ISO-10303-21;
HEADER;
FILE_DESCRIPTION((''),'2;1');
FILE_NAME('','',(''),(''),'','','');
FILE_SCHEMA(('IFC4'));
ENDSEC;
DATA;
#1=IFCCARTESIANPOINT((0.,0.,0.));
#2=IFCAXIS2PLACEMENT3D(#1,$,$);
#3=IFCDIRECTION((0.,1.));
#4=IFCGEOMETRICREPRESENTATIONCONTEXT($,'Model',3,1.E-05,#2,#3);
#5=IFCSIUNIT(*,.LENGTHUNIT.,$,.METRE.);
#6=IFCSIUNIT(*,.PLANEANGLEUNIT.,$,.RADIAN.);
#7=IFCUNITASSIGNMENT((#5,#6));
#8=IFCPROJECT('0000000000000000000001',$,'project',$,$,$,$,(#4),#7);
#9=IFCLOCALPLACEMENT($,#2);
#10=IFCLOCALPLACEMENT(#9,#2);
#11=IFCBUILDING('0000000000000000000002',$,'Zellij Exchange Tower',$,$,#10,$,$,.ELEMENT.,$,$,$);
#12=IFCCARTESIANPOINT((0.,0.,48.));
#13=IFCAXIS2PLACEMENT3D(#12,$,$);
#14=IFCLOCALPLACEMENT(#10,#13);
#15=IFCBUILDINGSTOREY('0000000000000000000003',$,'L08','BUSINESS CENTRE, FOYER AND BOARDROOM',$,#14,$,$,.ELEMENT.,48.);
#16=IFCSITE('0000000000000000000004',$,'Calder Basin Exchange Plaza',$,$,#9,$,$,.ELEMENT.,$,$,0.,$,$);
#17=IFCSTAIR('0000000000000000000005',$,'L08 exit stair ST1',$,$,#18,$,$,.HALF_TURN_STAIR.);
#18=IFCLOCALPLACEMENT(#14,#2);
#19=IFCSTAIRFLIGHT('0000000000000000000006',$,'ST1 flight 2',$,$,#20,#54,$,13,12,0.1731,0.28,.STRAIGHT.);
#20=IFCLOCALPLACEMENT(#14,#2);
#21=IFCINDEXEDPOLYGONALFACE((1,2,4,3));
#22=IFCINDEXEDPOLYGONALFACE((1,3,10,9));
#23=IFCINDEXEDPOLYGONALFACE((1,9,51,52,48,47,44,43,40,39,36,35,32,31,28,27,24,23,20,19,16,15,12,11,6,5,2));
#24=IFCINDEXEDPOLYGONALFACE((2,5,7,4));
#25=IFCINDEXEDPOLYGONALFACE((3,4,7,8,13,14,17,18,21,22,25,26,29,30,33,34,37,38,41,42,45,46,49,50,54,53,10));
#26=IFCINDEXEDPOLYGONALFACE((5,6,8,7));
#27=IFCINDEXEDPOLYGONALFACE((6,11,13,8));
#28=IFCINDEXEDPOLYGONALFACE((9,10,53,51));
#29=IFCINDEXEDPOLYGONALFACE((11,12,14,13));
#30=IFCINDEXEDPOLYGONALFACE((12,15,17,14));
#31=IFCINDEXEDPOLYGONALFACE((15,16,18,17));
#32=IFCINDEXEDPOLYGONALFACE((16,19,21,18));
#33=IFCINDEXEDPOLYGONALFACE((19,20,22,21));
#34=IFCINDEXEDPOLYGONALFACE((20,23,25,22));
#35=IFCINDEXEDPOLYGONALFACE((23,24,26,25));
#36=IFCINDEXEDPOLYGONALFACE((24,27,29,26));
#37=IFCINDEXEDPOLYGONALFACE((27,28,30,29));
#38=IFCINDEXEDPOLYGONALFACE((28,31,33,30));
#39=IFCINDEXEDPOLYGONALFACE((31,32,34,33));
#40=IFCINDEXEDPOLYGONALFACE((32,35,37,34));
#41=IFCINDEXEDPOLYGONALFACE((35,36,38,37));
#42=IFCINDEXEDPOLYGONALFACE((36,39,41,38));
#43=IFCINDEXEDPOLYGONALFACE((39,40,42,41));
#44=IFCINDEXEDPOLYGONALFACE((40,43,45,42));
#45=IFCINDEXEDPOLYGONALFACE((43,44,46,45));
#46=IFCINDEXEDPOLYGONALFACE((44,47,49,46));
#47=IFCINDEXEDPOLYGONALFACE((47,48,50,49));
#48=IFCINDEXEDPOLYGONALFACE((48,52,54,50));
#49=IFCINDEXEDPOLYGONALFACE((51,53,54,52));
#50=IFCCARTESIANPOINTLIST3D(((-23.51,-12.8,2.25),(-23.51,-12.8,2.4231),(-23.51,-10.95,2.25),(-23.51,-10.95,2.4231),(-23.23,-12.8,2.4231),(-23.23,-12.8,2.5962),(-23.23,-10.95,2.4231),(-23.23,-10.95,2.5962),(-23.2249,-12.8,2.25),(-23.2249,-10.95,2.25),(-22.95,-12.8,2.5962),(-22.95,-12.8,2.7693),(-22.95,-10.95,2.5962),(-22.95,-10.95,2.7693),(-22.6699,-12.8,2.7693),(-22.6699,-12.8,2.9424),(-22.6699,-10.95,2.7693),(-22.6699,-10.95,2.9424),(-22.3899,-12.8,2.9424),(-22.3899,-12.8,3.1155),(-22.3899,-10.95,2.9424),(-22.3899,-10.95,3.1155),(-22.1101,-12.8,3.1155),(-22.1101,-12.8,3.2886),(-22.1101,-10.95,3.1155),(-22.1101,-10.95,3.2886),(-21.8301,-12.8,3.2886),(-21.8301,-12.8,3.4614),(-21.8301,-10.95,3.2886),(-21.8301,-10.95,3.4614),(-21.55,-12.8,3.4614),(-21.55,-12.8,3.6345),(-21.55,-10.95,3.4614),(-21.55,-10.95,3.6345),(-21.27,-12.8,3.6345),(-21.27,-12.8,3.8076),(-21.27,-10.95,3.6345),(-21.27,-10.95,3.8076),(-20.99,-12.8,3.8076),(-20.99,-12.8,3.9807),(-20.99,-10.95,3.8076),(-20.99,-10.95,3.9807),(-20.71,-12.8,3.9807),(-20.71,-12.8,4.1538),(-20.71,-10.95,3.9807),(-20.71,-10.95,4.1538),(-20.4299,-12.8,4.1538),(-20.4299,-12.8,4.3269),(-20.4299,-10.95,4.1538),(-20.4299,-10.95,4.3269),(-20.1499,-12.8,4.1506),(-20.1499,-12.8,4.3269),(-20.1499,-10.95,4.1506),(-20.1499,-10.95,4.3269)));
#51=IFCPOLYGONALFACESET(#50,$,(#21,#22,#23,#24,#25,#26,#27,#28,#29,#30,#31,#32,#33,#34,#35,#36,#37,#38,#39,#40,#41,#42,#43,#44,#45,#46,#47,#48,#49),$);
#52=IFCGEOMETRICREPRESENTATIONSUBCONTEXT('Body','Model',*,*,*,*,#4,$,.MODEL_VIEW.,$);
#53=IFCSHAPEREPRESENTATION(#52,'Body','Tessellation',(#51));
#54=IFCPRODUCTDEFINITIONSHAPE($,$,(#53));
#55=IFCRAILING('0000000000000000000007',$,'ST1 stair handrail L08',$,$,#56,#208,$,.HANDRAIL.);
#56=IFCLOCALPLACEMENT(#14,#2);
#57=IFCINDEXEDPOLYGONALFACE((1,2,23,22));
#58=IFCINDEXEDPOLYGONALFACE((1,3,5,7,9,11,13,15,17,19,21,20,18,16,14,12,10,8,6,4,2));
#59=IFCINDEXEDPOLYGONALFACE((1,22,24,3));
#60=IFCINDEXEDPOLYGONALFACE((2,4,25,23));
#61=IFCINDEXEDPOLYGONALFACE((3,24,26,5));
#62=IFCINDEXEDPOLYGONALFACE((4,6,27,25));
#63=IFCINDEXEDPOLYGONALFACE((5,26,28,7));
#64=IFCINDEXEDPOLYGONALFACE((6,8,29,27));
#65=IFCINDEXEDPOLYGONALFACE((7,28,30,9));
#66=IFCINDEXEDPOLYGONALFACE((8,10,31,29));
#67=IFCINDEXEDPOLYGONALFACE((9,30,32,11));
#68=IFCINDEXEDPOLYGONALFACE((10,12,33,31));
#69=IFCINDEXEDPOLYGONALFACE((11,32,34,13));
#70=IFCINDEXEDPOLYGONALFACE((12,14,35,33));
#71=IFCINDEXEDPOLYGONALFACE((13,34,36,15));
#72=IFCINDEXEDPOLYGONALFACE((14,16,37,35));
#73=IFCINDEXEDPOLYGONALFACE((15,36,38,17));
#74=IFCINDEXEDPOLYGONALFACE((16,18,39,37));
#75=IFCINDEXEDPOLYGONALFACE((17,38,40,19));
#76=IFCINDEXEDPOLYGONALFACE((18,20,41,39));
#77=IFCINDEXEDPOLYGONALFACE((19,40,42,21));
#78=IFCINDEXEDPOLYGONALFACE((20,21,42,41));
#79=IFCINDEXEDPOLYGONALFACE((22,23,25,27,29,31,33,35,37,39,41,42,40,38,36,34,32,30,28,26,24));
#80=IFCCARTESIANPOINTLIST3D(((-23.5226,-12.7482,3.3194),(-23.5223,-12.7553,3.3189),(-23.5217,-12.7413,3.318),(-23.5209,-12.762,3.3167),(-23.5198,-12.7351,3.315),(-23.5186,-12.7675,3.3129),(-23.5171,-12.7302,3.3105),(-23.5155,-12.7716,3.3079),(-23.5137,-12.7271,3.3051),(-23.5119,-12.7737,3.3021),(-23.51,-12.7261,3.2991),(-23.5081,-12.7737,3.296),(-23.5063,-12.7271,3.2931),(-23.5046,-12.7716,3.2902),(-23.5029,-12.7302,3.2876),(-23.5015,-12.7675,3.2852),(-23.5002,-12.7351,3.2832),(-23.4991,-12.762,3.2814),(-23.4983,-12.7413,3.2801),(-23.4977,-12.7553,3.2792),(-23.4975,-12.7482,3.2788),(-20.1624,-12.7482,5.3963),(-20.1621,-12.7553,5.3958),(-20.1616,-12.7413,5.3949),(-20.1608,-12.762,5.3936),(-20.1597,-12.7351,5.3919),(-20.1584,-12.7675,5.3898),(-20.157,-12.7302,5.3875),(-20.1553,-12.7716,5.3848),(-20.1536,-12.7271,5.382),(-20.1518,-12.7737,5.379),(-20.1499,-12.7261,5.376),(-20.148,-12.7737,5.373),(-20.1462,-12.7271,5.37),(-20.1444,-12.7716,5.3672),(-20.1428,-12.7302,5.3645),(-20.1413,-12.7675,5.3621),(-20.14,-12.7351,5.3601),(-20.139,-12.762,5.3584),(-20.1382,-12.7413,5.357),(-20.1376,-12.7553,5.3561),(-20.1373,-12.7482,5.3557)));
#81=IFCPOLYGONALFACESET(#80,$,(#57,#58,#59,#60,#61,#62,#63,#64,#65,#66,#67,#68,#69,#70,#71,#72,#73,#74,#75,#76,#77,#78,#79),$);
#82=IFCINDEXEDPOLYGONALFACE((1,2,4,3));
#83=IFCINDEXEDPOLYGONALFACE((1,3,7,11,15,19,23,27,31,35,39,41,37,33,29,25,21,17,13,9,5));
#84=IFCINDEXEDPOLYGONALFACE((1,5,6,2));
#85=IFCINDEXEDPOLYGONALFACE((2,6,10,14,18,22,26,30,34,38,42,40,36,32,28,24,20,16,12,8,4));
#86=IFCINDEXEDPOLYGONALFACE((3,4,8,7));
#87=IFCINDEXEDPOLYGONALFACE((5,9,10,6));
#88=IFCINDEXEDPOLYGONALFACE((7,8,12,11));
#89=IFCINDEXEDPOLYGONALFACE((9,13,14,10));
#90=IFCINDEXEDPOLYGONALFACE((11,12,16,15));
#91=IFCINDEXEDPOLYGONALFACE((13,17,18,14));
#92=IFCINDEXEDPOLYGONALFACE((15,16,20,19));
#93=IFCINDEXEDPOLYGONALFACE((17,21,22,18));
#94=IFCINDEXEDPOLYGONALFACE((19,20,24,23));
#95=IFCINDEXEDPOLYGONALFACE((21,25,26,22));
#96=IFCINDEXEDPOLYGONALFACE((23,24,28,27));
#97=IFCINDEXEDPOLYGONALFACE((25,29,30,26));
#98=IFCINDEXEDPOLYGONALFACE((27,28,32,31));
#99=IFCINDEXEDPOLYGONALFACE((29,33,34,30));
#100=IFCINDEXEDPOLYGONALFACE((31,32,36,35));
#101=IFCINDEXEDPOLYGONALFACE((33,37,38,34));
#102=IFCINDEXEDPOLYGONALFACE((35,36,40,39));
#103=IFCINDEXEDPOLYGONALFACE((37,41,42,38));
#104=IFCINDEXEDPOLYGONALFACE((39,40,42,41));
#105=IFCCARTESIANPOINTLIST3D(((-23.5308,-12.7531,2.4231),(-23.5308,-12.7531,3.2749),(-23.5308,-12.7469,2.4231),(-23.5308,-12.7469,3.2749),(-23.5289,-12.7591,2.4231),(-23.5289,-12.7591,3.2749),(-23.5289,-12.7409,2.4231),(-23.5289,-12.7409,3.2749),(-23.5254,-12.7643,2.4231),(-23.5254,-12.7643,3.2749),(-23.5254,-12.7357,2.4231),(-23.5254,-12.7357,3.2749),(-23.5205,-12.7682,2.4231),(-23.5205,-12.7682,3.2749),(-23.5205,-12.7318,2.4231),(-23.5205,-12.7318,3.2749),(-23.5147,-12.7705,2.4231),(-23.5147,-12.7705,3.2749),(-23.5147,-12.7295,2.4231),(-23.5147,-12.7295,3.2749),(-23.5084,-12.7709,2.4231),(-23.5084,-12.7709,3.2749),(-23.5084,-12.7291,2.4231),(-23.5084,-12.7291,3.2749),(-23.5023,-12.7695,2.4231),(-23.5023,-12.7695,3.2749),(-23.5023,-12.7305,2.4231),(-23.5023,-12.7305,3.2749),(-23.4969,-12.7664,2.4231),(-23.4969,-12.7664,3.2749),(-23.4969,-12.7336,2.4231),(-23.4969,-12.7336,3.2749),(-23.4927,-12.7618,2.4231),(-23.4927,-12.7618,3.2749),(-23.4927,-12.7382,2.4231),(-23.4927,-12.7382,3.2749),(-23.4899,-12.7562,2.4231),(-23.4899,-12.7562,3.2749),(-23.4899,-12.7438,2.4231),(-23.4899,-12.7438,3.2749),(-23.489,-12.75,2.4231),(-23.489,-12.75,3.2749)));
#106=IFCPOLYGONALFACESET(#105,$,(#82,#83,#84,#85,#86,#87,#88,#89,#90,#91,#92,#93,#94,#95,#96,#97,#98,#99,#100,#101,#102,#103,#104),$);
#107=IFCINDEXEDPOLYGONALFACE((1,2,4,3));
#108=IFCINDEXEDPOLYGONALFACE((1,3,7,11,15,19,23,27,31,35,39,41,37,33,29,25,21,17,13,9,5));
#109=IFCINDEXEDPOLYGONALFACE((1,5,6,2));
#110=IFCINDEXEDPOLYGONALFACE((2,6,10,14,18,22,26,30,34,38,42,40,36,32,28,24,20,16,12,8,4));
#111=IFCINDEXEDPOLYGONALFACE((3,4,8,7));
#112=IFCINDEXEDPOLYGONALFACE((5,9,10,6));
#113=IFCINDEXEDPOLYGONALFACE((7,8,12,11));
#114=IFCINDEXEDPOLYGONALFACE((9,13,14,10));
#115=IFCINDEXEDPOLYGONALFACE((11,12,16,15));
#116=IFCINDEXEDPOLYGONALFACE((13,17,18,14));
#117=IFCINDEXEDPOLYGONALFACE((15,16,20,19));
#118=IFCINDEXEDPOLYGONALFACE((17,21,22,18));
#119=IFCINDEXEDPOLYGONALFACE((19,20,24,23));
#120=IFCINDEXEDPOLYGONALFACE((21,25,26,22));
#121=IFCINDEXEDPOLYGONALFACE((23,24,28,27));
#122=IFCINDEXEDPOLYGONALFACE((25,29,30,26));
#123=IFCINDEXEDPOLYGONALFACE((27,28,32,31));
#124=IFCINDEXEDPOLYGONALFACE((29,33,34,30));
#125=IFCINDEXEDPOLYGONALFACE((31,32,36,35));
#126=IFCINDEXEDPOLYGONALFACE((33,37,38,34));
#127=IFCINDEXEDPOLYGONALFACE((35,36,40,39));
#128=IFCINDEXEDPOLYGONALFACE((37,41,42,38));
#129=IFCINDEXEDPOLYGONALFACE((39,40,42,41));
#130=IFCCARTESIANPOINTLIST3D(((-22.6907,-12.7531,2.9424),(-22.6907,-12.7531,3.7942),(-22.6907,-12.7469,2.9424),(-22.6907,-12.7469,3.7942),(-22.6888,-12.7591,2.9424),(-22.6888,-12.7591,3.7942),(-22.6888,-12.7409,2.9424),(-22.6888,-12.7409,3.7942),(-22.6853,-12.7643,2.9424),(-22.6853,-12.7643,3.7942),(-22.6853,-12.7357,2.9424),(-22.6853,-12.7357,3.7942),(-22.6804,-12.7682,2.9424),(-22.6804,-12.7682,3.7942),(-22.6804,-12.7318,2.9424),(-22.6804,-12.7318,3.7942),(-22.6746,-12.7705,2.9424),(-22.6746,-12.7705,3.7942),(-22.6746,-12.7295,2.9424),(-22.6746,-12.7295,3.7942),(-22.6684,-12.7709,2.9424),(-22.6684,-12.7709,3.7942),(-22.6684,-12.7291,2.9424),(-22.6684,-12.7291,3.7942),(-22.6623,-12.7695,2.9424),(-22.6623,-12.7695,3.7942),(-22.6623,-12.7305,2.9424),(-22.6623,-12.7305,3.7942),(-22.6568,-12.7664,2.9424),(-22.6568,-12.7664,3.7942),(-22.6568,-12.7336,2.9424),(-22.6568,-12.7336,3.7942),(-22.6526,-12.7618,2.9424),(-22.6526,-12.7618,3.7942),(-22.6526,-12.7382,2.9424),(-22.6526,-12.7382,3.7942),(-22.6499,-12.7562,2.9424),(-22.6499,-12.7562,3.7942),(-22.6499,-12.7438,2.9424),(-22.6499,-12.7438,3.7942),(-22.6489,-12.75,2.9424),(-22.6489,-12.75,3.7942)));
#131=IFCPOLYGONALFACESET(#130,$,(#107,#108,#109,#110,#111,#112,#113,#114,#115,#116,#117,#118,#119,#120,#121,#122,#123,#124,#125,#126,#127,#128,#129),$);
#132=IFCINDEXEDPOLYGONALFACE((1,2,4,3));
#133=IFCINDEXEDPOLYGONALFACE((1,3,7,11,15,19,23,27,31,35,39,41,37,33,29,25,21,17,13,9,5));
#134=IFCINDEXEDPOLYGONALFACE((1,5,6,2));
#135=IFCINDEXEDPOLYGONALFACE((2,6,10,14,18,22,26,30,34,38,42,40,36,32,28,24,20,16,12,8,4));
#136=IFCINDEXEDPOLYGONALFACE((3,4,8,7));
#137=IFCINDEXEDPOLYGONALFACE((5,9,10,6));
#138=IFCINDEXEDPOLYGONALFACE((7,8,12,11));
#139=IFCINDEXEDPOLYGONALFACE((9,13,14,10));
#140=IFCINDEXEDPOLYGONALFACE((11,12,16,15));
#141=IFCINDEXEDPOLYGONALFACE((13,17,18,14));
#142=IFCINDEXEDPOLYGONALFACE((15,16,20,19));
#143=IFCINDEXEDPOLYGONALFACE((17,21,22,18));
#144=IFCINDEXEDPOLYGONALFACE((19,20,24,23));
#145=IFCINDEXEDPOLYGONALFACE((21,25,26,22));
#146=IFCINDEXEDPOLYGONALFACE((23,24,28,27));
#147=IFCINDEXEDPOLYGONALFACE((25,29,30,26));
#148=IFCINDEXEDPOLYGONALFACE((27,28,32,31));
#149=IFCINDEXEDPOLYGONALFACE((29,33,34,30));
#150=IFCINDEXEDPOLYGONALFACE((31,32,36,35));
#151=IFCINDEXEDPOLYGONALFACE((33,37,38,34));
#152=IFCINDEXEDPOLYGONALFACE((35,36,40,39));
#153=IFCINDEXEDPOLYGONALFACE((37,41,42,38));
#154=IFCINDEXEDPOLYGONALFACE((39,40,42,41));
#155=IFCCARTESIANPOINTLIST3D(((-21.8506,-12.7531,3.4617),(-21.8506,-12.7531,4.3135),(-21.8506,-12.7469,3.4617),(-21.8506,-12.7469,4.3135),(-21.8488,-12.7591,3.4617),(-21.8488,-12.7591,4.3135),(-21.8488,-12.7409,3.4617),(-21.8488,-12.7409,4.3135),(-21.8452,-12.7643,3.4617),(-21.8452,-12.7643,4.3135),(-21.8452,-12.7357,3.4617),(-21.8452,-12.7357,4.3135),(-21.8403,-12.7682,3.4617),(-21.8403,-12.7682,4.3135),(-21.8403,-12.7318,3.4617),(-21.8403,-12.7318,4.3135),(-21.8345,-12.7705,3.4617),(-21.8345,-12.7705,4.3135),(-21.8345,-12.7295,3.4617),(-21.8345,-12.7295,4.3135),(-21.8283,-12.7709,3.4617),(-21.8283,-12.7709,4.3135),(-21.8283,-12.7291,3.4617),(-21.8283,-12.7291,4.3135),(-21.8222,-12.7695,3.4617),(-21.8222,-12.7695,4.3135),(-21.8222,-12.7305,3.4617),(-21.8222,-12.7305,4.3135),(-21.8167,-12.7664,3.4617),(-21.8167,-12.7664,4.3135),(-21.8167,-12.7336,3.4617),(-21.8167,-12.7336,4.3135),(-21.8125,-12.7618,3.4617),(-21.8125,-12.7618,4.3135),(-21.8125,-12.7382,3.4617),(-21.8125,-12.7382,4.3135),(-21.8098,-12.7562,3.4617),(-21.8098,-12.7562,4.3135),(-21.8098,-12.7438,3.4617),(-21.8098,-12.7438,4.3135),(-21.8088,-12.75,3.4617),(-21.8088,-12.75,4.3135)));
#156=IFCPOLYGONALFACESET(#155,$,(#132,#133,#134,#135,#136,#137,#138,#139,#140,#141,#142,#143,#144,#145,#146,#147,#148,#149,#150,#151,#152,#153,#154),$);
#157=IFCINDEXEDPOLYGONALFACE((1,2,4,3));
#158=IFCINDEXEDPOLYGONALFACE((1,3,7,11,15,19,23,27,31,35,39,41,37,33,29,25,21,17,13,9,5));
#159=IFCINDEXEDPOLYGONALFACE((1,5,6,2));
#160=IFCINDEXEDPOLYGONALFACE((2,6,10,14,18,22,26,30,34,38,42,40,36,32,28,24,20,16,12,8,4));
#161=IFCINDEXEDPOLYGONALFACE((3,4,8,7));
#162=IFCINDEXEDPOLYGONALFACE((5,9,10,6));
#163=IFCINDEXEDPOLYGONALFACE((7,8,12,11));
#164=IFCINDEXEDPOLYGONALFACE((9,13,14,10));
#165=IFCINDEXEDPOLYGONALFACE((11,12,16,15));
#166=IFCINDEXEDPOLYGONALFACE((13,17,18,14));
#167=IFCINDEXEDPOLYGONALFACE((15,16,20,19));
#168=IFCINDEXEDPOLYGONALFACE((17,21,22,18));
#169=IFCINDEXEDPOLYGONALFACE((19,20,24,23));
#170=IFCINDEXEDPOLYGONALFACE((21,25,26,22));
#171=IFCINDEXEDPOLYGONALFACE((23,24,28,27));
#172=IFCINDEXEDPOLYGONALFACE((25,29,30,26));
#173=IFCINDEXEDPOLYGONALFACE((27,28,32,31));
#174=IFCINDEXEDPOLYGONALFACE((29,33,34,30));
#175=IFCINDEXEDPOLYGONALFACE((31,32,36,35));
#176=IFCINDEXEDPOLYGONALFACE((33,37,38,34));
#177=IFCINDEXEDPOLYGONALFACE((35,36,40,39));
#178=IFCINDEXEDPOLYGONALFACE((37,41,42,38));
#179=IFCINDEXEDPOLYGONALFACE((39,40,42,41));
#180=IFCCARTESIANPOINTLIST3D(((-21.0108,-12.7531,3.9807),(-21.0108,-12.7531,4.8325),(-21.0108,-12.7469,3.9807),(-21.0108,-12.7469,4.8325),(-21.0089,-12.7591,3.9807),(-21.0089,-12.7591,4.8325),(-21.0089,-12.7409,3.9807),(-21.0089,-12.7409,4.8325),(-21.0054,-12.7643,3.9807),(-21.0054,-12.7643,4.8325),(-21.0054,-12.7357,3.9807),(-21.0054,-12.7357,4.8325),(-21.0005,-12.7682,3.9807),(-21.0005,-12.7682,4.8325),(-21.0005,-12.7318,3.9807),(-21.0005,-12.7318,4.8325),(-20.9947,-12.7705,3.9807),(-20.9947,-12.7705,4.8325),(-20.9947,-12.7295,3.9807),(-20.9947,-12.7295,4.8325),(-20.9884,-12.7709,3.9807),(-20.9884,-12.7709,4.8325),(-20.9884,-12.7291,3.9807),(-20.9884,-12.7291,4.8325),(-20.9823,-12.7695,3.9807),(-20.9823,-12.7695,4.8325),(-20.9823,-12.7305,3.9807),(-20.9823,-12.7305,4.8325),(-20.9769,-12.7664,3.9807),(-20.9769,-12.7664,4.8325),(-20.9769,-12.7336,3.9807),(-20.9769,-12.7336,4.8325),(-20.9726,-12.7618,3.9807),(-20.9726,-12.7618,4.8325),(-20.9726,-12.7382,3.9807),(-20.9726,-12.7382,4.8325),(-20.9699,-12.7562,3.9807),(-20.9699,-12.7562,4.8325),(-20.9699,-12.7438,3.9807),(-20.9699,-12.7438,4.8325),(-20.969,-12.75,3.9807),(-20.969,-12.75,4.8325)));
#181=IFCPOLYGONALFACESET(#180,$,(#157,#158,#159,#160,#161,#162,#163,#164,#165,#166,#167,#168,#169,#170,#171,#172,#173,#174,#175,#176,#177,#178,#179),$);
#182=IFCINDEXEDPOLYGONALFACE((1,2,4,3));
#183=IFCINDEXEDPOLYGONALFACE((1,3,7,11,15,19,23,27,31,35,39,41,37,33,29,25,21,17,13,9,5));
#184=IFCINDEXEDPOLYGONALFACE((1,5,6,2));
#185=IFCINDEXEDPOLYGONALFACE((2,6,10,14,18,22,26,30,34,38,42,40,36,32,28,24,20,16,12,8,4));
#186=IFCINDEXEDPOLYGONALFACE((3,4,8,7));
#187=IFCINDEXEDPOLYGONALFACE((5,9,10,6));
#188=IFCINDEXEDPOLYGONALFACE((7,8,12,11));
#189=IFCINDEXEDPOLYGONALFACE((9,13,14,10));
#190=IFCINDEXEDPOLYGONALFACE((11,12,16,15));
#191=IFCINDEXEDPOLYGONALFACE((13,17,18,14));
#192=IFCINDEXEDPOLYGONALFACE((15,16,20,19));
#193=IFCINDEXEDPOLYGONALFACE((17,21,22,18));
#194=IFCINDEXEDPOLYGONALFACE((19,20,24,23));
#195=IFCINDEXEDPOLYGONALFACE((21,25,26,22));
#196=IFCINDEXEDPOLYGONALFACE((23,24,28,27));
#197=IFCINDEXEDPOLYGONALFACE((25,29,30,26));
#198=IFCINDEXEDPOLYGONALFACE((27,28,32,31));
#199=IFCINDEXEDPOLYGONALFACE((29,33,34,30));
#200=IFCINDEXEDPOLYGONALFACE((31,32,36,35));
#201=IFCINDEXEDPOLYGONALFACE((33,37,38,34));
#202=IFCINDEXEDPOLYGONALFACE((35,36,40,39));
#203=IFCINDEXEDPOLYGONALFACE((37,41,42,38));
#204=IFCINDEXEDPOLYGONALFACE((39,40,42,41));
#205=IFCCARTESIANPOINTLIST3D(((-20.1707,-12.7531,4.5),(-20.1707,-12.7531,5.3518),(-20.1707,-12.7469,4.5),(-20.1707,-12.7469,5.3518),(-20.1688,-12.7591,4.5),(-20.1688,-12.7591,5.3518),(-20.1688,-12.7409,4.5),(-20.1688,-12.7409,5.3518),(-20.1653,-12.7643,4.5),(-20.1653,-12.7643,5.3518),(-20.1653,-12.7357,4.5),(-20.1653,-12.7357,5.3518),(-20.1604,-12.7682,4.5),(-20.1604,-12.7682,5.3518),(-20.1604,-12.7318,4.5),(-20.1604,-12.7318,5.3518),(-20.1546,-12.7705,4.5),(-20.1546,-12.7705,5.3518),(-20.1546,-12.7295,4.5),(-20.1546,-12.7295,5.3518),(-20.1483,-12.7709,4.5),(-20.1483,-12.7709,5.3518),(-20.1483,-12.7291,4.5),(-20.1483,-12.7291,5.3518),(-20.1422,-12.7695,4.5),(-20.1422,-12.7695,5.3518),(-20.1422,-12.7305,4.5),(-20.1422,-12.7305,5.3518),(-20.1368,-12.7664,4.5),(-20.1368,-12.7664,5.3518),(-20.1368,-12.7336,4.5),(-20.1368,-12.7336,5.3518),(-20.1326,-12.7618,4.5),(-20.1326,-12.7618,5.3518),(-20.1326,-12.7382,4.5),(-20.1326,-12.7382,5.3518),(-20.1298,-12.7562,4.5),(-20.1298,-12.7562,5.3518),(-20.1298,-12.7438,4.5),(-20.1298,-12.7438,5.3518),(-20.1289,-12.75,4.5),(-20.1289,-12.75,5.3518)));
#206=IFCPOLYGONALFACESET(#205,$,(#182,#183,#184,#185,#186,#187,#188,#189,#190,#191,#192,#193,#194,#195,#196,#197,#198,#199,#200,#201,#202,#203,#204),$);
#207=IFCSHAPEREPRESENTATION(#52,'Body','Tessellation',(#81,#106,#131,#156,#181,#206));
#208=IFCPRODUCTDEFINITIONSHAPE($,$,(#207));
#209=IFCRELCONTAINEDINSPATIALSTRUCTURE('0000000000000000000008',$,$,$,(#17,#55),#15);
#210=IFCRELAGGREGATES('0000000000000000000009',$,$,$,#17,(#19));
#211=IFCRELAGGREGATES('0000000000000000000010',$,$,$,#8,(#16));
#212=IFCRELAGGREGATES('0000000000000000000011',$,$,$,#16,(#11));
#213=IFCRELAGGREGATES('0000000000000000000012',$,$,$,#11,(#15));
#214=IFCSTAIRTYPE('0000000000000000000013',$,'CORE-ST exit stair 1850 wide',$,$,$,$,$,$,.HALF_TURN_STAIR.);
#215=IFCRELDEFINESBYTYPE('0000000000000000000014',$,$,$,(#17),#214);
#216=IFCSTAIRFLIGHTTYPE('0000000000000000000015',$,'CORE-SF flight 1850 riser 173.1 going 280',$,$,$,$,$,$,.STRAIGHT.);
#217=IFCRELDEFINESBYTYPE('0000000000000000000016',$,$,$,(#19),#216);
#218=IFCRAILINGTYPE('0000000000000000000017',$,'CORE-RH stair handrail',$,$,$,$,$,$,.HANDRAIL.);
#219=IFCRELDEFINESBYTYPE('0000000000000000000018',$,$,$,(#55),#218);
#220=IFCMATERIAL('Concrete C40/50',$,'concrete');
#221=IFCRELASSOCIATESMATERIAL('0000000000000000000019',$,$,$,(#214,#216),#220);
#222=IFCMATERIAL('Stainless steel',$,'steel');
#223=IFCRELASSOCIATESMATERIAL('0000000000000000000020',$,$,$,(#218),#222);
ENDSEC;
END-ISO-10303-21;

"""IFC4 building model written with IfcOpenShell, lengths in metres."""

from ifc_helpers import new_model, si_unit, direction, frame, origin, origin_2d, place, context, subcontext, project, spatial, polyline, circle, outline, extrude, material, type_object, element, aggregate, save


model = new_model("IFC4")

# Units and contexts
model_context = context("Model", 3, precision=1e-05, world=origin(), true_north=direction((0.0, 1.0)))
body_context = subcontext(model_context, "Body", "Model", "MODEL_VIEW")
ifc_project = project(units=[si_unit("LENGTHUNIT", "METRE"), si_unit("PLANEANGLEUNIT", "RADIAN")], contexts=[model_context])

# Site, building, storey
site_placement = place(None, origin())
site = spatial("IfcSite", under=ifc_project, at=site_placement, Name="Calder Basin Exchange Plaza", CompositionType="ELEMENT", RefElevation=0.0)
building_placement = place(site_placement, origin())
building = spatial("IfcBuilding", under=site, at=building_placement, Name="Zellij Exchange Tower", CompositionType="ELEMENT")
storey_placement = place(building_placement, frame((0.0, 0.0, 48.0)))
storey = spatial("IfcBuildingStorey", under=building, at=storey_placement, Name="L08", Description="BUSINESS CENTRE, FOYER AND BOARDROOM", CompositionType="ELEMENT", Elevation=48.0)

# Stair, stair flight
ifc_material_1 = material(Name="Concrete C40/50", Category="concrete")
stair_type = type_object("IfcStairType", Name="CORE-ST exit stair 1850 wide", PredefinedType="HALF_TURN_STAIR", material=ifc_material_1)
stair_placement = place(storey_placement, origin())
stair = element("IfcStair", 1, at=stair_placement, inside=storey, type_object=stair_type, Name="L08 exit stair ST1", PredefinedType="HALF_TURN_STAIR")
stair_flight_type = type_object("IfcStairFlightType", Name="CORE-SF flight 1850 riser 173.1 going 280", PredefinedType="STRAIGHT", material=ifc_material_1)
stair_flight_placement = place(storey_placement, frame((-23.51, -11.875, 2.25), z_axis=(0.0, 0.0, 1.0), x_axis=(1.0, 0.0, 0.0)))
stair_flight = element("IfcStairFlight", 2, at=stair_flight_placement, type_object=stair_flight_type, Name="ST1 flight 2", NumberOfRisers=13, NumberOfTreads=12, PredefinedType="STRAIGHT", RiserHeight=0.1731, TreadLength=0.28, context=body_context, shape_type="SweptSolid", body=[
    extrude(outline(polyline([(0.0, 0.0), (0.0, 0.1731), (0.28, 0.1731), (0.28, 0.3462), (0.5601, 0.3462), (0.5601, 0.5193), (0.8401, 0.5193), (0.8401, 0.6924), (1.1201, 0.6924), (1.1201, 0.8655), (1.3999, 0.8655), (1.3999, 1.0386), (1.6799, 1.0386), (1.6799, 1.2114), (1.96, 1.2114), (1.96, 1.3845), (2.24, 1.3845), (2.24, 1.5576), (2.52, 1.5576), (2.52, 1.7307), (2.8, 1.7307), (2.8, 1.9038), (3.0801, 1.9038), (3.0801, 2.0769), (3.3601, 2.0769), (3.3601, 2.25), (3.3601, 1.9006), (0.2852, 0.0), (0.0, 0.0)])), frame((0.0, 0.925, 0.0), z_axis=(0.0, -1.0, 0.0), x_axis=(1.0, 0.0, 0.0)), (0.0, 0.0, 1.0), 1.8501),
])
aggregate(stair, [stair_flight])

# Railing
ifc_material_2 = material(Name="Stainless steel", Category="steel")
railing_type = type_object("IfcRailingType", Name="CORE-RH stair handrail", PredefinedType="HANDRAIL", material=ifc_material_2)
railing_placement = place(storey_placement, frame((-23.51, -12.75, 2.4231)))
element("IfcRailing", 3, at=railing_placement, inside=storey, type_object=railing_type, Name="ST1 stair handrail L08", PredefinedType="HANDRAIL", context=body_context, shape_type="SweptSolid", body=[
    extrude(circle(Radius=0.0239, at=origin_2d()), frame((0.0, 0.0, 0.876), z_axis=(0.850623, 0.0, 0.525776), x_axis=(0.0, 1.0, 0.0)), (0.0, 0.0, 1.0), 3.9502),
    extrude(circle(Radius=0.021, at=origin_2d()), origin(), (0.0, 0.0, 1.0), 0.8518),
    extrude(circle(Radius=0.021, at=origin_2d()), frame((0.8401, 0.0, 0.5193)), (0.0, 0.0, 1.0), 0.8518),
    extrude(circle(Radius=0.021, at=origin_2d()), frame((1.6802, 0.0, 1.0386)), (0.0, 0.0, 1.0), 0.8518),
    extrude(circle(Radius=0.021, at=origin_2d()), frame((2.52, 0.0, 1.5576)), (0.0, 0.0, 1.0), 0.8518),
    extrude(circle(Radius=0.021, at=origin_2d()), frame((3.3601, 0.0, 2.0769)), (0.0, 0.0, 1.0), 0.8518),
])

save(model, "model.ifc")
